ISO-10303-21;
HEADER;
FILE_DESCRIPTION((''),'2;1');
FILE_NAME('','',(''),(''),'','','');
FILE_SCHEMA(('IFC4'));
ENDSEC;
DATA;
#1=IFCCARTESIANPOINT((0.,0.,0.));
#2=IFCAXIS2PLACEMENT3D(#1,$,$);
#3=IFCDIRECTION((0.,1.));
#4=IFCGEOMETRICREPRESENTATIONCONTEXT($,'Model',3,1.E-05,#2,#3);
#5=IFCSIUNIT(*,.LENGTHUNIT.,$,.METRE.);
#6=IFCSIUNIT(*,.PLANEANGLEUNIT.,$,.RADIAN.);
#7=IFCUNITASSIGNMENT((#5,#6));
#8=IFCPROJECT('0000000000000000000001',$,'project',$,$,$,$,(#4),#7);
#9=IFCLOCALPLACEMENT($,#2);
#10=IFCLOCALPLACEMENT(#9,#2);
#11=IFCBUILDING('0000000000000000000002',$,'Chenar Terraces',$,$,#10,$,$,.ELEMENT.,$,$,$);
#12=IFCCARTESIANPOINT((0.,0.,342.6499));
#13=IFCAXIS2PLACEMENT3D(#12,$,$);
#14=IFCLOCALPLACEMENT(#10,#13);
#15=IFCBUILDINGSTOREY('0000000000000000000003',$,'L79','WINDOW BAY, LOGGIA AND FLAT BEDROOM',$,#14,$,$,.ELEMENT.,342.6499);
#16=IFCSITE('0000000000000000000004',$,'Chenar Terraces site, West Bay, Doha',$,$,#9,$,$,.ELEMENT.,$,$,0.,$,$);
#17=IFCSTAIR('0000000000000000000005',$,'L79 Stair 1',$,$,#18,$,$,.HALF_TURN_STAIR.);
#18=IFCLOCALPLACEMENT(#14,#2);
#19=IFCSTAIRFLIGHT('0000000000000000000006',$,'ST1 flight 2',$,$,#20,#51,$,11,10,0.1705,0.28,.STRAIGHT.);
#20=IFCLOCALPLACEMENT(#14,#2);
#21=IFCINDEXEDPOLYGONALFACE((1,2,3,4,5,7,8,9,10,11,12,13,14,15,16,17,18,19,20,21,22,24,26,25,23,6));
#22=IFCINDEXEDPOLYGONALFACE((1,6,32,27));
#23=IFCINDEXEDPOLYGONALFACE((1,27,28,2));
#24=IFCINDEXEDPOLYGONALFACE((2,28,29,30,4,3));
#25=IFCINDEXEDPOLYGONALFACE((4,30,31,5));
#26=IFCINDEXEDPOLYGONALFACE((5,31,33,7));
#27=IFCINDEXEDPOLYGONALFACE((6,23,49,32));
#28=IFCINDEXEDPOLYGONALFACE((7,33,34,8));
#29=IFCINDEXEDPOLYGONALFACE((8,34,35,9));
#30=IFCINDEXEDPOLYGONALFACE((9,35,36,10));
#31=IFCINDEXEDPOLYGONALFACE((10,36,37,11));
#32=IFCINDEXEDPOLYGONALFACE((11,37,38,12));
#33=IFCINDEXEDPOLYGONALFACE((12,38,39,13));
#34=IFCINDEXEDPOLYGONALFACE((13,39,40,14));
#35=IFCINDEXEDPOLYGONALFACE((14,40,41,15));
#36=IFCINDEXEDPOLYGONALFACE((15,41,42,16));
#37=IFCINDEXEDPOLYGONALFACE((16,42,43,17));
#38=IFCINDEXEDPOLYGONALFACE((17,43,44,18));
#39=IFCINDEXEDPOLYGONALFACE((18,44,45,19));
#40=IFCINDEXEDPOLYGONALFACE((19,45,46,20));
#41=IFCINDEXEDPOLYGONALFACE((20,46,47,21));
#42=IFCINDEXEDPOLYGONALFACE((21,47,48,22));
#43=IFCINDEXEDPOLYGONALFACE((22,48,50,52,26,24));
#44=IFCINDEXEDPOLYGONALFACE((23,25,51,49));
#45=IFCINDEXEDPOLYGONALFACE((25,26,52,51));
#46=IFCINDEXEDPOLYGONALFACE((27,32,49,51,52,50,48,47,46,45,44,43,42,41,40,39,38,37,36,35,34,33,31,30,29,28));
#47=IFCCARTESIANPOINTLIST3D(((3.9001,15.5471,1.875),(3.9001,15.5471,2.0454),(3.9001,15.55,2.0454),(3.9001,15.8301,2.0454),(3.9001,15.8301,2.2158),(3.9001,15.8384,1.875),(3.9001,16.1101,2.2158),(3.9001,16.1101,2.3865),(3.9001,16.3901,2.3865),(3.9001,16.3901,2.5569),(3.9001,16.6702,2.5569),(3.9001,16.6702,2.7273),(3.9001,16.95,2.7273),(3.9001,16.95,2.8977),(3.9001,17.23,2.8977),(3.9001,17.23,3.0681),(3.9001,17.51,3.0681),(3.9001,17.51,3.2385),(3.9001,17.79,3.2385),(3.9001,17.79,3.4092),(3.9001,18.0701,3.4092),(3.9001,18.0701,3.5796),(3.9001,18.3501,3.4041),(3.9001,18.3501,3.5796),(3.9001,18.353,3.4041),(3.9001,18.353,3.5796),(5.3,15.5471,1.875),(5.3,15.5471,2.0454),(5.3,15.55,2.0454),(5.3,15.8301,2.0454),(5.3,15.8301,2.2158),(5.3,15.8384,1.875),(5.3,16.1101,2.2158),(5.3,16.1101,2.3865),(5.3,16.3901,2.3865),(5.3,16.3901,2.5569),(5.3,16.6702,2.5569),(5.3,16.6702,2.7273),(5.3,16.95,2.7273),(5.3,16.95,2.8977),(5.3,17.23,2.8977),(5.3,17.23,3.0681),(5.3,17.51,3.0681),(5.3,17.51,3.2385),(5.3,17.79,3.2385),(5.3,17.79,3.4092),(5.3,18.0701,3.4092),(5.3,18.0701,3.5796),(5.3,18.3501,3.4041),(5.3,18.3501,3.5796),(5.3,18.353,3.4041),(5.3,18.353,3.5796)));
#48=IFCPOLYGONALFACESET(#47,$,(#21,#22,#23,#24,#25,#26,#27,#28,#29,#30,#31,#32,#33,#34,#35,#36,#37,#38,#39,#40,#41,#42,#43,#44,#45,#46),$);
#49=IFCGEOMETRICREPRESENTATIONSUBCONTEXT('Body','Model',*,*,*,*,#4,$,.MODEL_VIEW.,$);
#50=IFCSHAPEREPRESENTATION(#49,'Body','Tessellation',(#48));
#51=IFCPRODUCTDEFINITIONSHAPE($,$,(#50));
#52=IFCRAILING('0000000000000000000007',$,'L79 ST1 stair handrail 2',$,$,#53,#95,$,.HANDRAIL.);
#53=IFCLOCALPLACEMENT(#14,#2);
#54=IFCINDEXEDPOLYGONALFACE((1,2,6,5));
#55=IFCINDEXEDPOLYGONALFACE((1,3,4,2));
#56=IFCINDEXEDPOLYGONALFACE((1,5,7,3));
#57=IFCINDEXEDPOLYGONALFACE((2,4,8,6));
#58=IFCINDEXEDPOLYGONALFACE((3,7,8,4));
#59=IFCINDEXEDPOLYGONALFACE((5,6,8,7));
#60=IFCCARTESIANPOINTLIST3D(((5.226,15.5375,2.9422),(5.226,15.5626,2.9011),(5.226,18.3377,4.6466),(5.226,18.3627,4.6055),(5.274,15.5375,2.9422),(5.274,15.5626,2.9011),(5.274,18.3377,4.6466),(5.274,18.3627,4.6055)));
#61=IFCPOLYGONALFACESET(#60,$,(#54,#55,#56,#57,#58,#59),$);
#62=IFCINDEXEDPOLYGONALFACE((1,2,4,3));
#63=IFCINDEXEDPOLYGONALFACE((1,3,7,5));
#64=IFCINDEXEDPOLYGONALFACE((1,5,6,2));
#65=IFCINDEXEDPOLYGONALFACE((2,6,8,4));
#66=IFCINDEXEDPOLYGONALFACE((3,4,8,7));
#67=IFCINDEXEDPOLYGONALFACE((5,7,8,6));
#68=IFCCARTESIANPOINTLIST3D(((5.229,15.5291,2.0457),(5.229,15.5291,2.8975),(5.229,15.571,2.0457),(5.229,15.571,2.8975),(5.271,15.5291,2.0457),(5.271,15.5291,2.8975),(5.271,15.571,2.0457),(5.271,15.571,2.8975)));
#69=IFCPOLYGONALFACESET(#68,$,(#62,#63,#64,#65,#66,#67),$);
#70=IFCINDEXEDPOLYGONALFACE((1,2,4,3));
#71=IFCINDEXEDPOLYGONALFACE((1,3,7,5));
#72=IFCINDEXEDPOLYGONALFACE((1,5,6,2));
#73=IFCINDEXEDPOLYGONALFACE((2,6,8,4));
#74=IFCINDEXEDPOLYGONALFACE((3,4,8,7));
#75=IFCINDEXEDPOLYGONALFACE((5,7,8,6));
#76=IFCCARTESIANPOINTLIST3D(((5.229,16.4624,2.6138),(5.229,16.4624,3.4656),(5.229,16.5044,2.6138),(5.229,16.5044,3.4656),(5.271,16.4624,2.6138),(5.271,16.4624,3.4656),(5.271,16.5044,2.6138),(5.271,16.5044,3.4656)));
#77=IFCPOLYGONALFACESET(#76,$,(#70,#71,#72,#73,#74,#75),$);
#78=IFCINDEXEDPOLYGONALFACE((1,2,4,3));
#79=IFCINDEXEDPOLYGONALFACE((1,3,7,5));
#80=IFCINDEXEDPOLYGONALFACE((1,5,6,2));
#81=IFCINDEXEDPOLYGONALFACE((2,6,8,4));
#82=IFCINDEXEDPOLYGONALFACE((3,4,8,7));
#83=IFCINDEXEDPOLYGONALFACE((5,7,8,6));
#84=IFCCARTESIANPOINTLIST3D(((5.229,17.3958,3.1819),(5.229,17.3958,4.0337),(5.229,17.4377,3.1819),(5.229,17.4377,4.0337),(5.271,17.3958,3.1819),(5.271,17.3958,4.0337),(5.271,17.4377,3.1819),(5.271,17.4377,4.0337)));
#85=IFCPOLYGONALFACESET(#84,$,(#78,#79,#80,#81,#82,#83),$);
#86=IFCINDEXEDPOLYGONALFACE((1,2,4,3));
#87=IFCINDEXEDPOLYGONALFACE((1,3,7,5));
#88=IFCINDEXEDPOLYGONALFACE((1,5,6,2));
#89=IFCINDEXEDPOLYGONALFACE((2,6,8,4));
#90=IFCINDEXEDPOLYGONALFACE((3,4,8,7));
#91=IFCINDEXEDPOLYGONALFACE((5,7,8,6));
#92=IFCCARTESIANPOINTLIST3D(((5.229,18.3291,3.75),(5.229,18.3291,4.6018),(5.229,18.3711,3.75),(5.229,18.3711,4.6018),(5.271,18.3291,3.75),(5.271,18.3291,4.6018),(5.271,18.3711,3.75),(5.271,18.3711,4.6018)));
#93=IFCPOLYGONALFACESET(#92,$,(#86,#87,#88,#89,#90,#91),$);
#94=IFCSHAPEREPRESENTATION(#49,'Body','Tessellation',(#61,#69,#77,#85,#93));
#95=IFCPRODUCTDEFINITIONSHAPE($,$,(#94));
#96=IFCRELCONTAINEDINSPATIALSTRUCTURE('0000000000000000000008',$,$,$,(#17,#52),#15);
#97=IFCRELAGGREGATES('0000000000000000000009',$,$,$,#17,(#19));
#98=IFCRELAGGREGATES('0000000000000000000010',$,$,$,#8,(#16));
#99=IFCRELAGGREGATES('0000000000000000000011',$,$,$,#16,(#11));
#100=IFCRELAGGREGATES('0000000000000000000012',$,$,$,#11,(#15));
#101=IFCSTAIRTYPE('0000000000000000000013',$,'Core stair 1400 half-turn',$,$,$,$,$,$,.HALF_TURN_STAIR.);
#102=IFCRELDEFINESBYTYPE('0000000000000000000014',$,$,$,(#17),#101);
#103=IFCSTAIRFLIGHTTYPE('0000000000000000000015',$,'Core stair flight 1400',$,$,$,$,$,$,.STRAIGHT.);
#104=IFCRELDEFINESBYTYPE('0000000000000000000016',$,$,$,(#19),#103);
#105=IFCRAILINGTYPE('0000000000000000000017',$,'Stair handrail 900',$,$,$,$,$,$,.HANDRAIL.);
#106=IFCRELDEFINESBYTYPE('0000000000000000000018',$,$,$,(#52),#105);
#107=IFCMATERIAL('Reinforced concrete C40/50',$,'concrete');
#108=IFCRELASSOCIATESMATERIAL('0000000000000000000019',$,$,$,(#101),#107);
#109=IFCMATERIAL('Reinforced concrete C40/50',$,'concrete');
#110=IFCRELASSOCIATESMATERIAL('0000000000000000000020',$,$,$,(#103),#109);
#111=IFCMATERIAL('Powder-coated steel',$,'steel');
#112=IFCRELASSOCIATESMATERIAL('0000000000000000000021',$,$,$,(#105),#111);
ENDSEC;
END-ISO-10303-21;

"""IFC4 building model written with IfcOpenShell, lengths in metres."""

from ifc_helpers import new_model, si_unit, direction, frame, origin, origin_2d, place, context, subcontext, project, spatial, polyline, rectangle, outline, extrude, material, type_object, element, aggregate, save


model = new_model("IFC4")

# Units and contexts
model_context = context("Model", 3, precision=1e-05, world=origin(), true_north=direction((0.0, 1.0)))
body_context = subcontext(model_context, "Body", "Model", "MODEL_VIEW")
ifc_project = project(units=[si_unit("LENGTHUNIT", "METRE"), si_unit("PLANEANGLEUNIT", "RADIAN")], contexts=[model_context])

# Site, building, storey
site_placement = place(None, origin())
site = spatial("IfcSite", under=ifc_project, at=site_placement, Name="Chenar Terraces site, West Bay, Doha", CompositionType="ELEMENT", RefElevation=0.0)
building_placement = place(site_placement, origin())
building = spatial("IfcBuilding", under=site, at=building_placement, Name="Chenar Terraces", CompositionType="ELEMENT")
storey_placement = place(building_placement, frame((0.0, 0.0, 342.6499)))
storey = spatial("IfcBuildingStorey", under=building, at=storey_placement, Name="L79", Description="WINDOW BAY, LOGGIA AND FLAT BEDROOM", CompositionType="ELEMENT", Elevation=342.6499)

# Stair
ifc_material_1 = material(Name="Reinforced concrete C40/50", Category="concrete")
stair_type = type_object("IfcStairType", Name="Core stair 1400 half-turn", PredefinedType="HALF_TURN_STAIR", material=ifc_material_1)
placement_1 = place(storey_placement, origin())
stair_1 = element("IfcStair", 1, at=placement_1, inside=storey, type_object=stair_type, Name="L79 Stair 1", PredefinedType="HALF_TURN_STAIR")

# Stair flight
ifc_material_2 = material(Name="Reinforced concrete C40/50", Category="concrete")
stair_flight_type = type_object("IfcStairFlightType", Name="Core stair flight 1400", PredefinedType="STRAIGHT", material=ifc_material_2)
stair_flight_placement = place(storey_placement, frame((4.6001, 15.55, 1.875), z_axis=(0.0, 0.0, 1.0), x_axis=(0.0, 1.0, 0.0)))
stair_flight = element("IfcStairFlight", 2, at=stair_flight_placement, type_object=stair_flight_type, Name="ST1 flight 2", NumberOfRisers=11, NumberOfTreads=10, PredefinedType="STRAIGHT", RiserHeight=0.1705, TreadLength=0.28, context=body_context, shape_type="SweptSolid", body=[
    extrude(outline(polyline([(-0.0029, 0.0), (-0.0029, 0.1704), (0.0, 0.1704), (0.28, 0.1704), (0.28, 0.3408), (0.5601, 0.3408), (0.5601, 0.5115), (0.8401, 0.5115), (0.8401, 0.6819), (1.1201, 0.6819), (1.1201, 0.8523), (1.3999, 0.8523), (1.3999, 1.0227), (1.6799, 1.0227), (1.6799, 1.1931), (1.96, 1.1931), (1.96, 1.3635), (2.24, 1.3635), (2.24, 1.5342), (2.52, 1.5342), (2.52, 1.7046), (2.8, 1.7046), (2.803, 1.7046), (2.803, 1.5291), (2.8, 1.5291), (0.2883, 0.0), (-0.0029, 0.0)])), frame((0.0, 0.7, 0.0), z_axis=(0.0, -1.0, 0.0), x_axis=(1.0, 0.0, 0.0)), (0.0, 0.0, 1.0), 1.3999),
])
aggregate(stair_1, [stair_flight])

# Railing
ifc_material_3 = material(Name="Powder-coated steel", Category="steel")
railing_type = type_object("IfcRailingType", Name="Stair handrail 900", PredefinedType="HANDRAIL", material=ifc_material_3)
railing_placement = place(storey_placement, frame((5.25, 15.55, 2.0457)))
element("IfcRailing", 3, at=railing_placement, inside=storey, type_object=railing_type, Name="L79 ST1 stair handrail 2", PredefinedType="HANDRAIL", context=body_context, shape_type="SweptSolid", body=[
    extrude(rectangle(XDim=0.0481, YDim=0.0481, at=origin_2d()), frame((0.0, 0.0, 0.876), z_axis=(0.0, 0.854203, 0.51994), x_axis=(-1.0, 0.0, 0.0)), (0.0, 0.0, 1.0), 3.2781),
    extrude(rectangle(XDim=0.042, YDim=0.042, at=origin_2d()), origin(), (0.0, 0.0, 1.0), 0.8518),
    extrude(rectangle(XDim=0.042, YDim=0.042, at=origin_2d()), frame((0.0, 0.9333, 0.5681)), (0.0, 0.0, 1.0), 0.8518),
    extrude(rectangle(XDim=0.042, YDim=0.042, at=origin_2d()), frame((0.0, 1.8667, 1.1362)), (0.0, 0.0, 1.0), 0.8518),
    extrude(rectangle(XDim=0.042, YDim=0.042, at=origin_2d()), frame((0.0, 2.8, 1.7043)), (0.0, 0.0, 1.0), 0.8518),
])

save(model, "model.ifc")
